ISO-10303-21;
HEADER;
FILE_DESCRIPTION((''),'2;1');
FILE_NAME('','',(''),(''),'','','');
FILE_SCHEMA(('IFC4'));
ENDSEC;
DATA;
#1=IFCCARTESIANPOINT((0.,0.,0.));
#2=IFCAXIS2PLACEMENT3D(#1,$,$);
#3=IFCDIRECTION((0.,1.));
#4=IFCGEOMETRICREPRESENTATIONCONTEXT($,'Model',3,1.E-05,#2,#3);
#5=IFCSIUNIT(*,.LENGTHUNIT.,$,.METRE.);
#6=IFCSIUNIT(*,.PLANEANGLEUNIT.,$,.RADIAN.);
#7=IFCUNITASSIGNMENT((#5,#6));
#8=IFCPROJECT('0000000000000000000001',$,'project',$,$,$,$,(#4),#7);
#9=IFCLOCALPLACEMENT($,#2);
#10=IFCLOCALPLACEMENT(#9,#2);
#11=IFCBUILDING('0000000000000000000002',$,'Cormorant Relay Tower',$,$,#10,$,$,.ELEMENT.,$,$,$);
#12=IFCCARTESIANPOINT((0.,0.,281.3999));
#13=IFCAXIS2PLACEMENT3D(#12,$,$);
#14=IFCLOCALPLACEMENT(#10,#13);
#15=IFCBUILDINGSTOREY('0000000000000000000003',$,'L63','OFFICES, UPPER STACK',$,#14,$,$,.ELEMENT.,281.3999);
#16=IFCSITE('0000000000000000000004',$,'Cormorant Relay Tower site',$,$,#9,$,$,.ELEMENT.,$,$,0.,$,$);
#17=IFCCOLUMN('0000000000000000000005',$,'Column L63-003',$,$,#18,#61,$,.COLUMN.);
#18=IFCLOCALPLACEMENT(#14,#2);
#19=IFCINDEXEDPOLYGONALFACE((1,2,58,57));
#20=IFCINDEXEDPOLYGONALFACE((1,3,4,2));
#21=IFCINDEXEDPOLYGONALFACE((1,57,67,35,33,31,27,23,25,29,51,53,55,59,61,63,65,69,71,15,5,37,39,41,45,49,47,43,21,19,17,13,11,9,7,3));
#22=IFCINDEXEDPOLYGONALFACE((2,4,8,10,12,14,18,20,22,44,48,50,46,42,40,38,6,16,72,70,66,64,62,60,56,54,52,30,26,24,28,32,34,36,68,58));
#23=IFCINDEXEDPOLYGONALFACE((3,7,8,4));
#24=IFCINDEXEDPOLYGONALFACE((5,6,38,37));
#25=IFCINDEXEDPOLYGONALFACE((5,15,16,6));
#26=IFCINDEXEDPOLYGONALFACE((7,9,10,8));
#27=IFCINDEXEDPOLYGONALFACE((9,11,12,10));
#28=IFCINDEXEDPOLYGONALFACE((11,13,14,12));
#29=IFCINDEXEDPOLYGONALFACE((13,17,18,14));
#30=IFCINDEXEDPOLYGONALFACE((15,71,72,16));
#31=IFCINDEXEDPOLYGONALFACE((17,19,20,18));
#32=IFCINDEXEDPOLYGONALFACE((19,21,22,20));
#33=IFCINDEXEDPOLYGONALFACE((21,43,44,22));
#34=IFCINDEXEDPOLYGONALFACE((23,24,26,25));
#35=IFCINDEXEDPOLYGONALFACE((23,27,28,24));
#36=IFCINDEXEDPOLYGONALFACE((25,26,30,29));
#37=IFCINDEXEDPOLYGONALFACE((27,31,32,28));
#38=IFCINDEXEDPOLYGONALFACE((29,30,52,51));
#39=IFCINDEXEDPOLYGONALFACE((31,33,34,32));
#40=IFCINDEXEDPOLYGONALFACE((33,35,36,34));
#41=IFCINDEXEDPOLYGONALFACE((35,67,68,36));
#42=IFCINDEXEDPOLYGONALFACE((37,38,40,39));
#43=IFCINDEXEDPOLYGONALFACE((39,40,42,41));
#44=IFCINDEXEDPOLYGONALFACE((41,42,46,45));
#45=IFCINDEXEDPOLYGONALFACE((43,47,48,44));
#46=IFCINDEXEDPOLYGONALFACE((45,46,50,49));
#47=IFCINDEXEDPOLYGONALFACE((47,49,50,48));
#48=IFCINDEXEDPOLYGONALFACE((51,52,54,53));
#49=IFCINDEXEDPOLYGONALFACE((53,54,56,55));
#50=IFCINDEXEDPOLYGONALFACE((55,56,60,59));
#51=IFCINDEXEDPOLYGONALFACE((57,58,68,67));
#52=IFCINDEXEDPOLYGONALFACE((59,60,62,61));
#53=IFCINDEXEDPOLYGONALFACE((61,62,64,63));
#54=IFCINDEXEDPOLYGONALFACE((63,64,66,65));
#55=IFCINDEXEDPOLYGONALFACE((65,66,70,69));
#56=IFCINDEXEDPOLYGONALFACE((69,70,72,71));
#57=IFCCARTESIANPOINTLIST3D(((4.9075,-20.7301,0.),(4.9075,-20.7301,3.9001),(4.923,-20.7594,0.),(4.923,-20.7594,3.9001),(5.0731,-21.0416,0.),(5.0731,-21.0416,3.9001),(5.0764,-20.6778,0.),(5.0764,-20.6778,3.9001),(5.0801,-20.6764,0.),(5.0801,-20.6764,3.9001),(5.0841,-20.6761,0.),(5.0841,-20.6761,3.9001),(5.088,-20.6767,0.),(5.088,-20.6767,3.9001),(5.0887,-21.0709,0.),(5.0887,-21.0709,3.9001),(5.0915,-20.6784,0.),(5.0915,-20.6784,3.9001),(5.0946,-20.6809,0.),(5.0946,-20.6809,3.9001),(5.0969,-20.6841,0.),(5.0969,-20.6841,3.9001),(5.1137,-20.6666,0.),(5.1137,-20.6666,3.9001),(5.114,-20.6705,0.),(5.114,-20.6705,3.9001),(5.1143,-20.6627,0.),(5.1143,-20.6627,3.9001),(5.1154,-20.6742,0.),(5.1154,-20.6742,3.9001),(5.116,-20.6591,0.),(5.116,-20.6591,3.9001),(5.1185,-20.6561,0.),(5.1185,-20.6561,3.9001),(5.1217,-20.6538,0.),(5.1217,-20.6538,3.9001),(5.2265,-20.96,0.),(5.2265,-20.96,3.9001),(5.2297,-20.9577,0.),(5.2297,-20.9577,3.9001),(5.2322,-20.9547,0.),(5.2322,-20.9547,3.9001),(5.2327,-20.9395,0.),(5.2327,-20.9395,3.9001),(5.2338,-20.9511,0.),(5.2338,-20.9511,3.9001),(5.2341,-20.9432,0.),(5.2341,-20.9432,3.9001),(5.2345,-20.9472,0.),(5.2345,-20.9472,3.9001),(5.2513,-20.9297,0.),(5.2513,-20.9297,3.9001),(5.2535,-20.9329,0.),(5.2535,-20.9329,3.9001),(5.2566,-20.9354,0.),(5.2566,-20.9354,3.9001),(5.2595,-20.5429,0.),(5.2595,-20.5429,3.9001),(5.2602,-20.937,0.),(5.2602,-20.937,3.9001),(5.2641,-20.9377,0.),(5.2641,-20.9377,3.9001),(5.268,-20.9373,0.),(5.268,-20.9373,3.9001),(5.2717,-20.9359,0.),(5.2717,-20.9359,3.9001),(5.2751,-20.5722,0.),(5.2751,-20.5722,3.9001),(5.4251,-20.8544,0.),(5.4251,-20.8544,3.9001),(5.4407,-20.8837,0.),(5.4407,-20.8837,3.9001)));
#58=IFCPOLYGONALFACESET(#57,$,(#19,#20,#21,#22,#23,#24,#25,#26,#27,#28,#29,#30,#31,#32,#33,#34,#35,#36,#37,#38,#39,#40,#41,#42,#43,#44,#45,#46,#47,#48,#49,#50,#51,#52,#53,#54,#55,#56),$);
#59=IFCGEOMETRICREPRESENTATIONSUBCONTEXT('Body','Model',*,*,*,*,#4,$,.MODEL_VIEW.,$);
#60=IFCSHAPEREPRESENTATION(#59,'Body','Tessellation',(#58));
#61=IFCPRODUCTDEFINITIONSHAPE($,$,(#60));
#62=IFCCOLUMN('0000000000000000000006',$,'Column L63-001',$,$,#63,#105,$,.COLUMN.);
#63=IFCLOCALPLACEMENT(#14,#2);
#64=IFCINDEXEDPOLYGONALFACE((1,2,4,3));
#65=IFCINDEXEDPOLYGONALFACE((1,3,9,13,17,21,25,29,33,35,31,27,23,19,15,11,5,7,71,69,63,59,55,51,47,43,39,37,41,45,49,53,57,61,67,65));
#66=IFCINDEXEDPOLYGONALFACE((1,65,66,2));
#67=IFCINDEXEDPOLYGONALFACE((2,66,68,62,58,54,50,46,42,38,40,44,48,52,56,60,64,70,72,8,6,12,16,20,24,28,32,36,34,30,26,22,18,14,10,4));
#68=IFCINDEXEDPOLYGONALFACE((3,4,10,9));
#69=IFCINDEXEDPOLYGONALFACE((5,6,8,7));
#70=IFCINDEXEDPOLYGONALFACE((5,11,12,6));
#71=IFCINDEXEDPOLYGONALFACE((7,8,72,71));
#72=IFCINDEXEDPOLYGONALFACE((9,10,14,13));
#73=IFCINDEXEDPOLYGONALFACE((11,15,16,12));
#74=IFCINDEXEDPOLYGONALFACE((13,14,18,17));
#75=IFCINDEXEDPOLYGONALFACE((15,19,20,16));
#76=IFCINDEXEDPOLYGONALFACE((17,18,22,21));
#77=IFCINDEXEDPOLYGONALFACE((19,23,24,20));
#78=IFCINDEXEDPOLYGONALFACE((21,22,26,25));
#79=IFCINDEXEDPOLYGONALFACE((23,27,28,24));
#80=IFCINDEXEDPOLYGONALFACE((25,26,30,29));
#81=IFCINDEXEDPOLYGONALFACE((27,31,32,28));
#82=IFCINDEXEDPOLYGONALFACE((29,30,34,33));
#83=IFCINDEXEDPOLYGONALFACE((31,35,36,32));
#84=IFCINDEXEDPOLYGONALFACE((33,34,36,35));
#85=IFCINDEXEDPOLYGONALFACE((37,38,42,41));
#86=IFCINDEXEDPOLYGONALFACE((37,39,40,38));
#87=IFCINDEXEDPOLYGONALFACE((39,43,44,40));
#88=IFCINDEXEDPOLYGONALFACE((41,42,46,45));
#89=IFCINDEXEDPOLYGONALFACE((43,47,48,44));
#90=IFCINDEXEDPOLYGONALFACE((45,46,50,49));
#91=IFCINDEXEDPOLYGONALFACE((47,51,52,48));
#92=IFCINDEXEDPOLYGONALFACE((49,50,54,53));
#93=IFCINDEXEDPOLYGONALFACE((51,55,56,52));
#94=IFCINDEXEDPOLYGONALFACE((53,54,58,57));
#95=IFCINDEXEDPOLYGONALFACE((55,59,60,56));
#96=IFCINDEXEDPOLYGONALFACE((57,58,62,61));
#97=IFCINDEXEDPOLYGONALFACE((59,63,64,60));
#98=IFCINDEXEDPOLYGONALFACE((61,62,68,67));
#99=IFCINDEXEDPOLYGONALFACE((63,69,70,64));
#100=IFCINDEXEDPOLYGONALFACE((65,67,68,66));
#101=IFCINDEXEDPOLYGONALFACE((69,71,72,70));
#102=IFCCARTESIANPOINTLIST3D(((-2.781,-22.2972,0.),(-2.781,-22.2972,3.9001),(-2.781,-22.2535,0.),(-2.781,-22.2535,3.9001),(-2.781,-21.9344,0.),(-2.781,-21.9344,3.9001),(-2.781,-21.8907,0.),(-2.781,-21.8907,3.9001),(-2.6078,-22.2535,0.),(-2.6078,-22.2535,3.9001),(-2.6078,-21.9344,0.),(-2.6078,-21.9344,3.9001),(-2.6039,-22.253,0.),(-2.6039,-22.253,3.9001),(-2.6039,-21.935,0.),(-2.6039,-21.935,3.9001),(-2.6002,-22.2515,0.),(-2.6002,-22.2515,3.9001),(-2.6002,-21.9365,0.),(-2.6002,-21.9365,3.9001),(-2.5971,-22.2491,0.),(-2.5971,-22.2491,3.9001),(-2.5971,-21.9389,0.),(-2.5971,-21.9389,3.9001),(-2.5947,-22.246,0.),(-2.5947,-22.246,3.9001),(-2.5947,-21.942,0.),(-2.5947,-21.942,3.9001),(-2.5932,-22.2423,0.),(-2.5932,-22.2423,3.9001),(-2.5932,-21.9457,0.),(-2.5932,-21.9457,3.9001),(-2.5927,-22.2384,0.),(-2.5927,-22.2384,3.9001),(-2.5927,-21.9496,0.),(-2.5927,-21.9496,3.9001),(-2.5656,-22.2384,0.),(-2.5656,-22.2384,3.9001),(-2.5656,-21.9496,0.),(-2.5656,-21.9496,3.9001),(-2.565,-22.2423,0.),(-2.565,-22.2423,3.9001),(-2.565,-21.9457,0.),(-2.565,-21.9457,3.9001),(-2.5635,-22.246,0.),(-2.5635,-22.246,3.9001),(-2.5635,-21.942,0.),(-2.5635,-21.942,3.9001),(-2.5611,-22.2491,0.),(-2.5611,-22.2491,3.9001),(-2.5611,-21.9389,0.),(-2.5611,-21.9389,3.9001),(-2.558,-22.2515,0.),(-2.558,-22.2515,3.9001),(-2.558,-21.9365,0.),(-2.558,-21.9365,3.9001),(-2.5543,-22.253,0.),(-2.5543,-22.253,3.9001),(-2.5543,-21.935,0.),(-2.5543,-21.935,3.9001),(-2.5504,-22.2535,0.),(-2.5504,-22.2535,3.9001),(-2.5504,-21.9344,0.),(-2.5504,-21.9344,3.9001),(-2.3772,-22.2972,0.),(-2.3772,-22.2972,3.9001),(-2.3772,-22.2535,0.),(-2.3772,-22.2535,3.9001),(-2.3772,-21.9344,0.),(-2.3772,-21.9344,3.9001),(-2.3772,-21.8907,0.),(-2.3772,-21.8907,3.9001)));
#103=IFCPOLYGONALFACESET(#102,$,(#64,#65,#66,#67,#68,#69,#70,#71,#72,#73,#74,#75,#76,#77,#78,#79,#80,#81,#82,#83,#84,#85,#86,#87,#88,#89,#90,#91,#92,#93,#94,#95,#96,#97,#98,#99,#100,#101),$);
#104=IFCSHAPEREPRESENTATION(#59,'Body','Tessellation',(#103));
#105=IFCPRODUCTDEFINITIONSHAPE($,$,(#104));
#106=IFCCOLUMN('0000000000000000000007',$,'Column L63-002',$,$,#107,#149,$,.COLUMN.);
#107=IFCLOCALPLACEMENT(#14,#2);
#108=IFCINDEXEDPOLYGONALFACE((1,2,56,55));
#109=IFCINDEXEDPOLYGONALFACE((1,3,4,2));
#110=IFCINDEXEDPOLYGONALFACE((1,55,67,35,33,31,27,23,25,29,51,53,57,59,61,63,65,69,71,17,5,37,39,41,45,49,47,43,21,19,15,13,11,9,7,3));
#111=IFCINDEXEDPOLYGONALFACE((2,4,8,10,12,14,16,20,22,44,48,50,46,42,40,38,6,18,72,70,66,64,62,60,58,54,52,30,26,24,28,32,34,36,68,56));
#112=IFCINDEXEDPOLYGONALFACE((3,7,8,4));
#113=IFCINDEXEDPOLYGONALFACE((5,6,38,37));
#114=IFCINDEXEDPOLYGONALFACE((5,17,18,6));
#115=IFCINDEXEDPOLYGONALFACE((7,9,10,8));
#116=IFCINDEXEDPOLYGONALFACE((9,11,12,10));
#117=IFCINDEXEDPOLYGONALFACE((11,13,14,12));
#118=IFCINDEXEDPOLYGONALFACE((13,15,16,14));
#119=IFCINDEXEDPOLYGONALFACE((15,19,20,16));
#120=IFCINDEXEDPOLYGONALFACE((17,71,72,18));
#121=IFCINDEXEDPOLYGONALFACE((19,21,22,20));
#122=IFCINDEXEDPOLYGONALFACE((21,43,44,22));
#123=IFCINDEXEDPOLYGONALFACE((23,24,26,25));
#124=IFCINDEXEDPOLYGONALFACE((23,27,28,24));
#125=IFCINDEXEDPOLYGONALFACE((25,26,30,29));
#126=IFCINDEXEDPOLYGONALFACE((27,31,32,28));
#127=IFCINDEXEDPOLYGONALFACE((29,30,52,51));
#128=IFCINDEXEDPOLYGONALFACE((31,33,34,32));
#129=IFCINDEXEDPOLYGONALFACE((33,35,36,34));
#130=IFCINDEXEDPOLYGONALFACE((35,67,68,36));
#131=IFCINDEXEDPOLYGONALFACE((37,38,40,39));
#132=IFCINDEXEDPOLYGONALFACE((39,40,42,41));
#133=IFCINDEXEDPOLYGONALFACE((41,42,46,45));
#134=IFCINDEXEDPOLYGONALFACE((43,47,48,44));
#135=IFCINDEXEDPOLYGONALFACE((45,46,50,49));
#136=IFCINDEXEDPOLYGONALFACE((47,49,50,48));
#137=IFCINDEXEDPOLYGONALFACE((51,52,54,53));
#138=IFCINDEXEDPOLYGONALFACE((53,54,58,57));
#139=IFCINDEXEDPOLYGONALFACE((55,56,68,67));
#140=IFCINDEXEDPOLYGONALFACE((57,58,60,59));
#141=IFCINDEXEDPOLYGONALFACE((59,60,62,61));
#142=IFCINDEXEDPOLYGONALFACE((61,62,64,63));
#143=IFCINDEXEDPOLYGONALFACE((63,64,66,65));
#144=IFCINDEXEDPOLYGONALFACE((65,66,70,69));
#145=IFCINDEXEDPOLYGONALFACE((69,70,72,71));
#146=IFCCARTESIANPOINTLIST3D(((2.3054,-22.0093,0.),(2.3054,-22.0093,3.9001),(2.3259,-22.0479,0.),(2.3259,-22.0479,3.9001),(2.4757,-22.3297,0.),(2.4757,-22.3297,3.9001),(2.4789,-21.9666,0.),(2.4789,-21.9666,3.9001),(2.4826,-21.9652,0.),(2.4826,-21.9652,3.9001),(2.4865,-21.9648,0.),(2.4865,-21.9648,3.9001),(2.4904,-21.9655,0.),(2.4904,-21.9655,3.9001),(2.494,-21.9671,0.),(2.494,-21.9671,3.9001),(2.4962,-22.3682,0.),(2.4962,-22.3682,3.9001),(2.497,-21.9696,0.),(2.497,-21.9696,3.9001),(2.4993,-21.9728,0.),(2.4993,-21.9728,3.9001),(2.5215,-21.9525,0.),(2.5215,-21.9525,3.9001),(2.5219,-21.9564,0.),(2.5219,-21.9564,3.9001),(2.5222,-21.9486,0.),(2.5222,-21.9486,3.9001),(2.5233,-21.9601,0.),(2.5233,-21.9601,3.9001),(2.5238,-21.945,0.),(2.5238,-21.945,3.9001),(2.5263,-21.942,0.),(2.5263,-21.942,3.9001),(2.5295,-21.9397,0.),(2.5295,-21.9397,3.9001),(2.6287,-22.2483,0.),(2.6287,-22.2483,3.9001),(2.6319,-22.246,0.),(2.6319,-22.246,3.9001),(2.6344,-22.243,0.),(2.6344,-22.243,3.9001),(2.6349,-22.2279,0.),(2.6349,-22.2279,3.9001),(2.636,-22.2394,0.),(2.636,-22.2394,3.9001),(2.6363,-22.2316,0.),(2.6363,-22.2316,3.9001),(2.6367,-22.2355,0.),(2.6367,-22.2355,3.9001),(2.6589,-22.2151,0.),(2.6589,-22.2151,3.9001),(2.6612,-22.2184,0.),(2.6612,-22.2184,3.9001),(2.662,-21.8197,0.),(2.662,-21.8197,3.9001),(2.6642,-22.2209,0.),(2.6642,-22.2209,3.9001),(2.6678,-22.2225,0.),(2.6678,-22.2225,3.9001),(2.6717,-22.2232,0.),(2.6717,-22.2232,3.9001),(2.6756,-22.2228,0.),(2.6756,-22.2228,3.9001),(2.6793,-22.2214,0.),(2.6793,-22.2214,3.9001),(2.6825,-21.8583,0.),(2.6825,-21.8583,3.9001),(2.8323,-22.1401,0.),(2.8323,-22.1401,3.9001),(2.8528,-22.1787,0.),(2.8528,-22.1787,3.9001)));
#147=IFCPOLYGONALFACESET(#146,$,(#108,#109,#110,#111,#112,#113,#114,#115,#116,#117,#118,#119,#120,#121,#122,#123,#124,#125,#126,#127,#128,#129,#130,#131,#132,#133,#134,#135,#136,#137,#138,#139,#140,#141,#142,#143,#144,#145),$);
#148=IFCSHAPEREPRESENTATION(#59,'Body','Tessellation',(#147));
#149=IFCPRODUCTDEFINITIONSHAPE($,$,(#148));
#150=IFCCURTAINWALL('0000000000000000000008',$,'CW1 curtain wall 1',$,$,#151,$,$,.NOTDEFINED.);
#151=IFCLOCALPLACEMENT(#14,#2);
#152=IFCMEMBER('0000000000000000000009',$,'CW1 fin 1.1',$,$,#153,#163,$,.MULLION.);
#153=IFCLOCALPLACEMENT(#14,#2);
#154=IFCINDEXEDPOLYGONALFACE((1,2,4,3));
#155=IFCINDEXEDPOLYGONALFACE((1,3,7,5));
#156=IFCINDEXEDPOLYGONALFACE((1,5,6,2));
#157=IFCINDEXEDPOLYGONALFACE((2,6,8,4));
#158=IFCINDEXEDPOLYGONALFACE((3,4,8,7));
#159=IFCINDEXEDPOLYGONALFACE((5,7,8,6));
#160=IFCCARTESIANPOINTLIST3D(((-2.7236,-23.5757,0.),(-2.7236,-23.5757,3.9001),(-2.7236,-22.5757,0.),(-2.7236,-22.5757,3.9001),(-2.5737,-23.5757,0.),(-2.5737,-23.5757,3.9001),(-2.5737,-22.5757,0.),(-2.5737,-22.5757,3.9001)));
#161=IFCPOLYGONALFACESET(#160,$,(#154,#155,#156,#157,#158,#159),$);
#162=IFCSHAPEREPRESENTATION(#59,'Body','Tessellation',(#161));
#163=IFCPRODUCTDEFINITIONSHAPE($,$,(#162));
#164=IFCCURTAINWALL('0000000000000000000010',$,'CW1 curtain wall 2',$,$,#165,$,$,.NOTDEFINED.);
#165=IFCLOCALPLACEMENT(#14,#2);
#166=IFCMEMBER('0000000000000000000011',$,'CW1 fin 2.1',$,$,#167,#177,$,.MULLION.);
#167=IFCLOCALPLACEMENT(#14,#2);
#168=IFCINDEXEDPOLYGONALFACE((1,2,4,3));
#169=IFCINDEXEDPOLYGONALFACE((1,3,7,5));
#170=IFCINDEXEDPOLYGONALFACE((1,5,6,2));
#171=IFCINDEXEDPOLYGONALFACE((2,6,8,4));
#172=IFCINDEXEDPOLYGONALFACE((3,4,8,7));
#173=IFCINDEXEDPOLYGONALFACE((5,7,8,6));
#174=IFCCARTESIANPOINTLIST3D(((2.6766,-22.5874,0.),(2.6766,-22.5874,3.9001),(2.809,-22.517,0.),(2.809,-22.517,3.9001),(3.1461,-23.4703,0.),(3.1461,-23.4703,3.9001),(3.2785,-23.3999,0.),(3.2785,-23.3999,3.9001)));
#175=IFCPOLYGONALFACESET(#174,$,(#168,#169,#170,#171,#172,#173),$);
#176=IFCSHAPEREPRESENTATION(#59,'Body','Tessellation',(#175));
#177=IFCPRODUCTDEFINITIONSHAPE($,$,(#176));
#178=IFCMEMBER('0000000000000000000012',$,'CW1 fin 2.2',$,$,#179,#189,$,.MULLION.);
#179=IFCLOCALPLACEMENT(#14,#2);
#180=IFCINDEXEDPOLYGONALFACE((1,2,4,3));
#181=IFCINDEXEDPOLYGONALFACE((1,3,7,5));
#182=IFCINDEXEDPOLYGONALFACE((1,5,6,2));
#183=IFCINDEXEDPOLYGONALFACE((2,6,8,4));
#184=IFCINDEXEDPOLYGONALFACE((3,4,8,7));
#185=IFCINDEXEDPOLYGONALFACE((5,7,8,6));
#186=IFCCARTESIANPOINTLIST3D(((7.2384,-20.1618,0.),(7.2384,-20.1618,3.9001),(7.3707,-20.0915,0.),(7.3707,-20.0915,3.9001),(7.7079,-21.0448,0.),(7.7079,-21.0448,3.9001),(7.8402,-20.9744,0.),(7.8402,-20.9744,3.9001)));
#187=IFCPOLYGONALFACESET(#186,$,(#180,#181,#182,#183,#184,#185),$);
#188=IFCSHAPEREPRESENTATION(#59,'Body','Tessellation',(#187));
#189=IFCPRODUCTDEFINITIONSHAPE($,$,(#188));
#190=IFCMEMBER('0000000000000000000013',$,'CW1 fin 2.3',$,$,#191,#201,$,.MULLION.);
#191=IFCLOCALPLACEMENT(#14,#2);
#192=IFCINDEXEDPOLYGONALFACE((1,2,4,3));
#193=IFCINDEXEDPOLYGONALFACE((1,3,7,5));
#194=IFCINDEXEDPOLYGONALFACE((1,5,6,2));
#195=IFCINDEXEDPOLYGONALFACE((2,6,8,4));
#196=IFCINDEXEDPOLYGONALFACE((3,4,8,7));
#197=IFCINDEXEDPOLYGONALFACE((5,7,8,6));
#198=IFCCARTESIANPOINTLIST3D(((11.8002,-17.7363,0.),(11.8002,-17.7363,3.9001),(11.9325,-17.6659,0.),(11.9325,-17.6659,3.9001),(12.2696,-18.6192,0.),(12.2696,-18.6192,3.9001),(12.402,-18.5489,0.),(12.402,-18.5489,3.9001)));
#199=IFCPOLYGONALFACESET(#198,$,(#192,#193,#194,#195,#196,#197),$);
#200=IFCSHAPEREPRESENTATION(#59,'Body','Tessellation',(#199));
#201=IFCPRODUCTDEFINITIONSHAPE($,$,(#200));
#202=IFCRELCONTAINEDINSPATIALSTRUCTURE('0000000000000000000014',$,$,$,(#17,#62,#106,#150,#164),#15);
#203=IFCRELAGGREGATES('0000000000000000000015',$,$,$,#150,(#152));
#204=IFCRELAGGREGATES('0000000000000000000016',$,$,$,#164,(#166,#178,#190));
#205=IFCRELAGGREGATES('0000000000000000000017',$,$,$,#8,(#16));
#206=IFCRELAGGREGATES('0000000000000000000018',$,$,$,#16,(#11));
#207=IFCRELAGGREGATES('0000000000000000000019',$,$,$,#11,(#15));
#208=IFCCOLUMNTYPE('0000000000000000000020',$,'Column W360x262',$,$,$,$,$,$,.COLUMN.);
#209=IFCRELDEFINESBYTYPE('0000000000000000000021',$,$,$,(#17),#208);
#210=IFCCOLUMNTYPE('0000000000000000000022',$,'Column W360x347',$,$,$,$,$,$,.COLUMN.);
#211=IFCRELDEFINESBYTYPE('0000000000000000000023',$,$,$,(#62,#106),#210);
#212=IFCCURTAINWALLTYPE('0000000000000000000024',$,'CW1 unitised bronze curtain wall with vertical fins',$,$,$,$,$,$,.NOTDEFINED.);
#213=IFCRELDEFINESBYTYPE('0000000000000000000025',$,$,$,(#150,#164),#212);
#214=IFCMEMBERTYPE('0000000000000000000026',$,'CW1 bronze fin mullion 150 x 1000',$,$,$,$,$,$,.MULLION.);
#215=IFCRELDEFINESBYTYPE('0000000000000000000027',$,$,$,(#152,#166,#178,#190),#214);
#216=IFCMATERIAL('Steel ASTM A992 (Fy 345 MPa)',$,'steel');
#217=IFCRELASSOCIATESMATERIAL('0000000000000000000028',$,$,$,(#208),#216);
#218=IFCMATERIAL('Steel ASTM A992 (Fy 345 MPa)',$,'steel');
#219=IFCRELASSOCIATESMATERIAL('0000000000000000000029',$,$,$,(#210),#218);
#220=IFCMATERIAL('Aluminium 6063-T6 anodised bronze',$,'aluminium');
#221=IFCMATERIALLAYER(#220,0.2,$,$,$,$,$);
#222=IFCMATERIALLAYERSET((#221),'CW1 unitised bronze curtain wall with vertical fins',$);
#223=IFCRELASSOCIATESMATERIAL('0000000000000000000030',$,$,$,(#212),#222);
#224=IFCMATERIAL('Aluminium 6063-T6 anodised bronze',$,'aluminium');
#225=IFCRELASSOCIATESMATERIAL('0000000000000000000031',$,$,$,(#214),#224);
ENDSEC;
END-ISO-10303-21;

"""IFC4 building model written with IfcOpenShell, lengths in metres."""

from ifc_helpers import new_model, si_unit, direction, frame, origin, origin_2d, place, context, subcontext, project, spatial, rectangle, i_section, extrude, material, layer, layer_set, material_profile, profile_set, type_object, element, aggregate, save


model = new_model("IFC4")

# Units and contexts
model_context = context("Model", 3, precision=1e-05, world=origin(), true_north=direction((0.0, 1.0)))
body_context = subcontext(model_context, "Body", "Model", "MODEL_VIEW")
ifc_project = project(units=[si_unit("LENGTHUNIT", "METRE"), si_unit("PLANEANGLEUNIT", "RADIAN")], contexts=[model_context])

# Site, building, storey
site_placement = place(None, origin())
site = spatial("IfcSite", under=ifc_project, at=site_placement, Name="Cormorant Relay Tower site", CompositionType="ELEMENT", RefElevation=0.0)
building_placement = place(site_placement, origin())
building = spatial("IfcBuilding", under=site, at=building_placement, Name="Cormorant Relay Tower", CompositionType="ELEMENT")
storey_placement = place(building_placement, frame((0.0, 0.0, 281.3999)))
storey = spatial("IfcBuildingStorey", under=building, at=storey_placement, Name="L63", Description="OFFICES, UPPER STACK", CompositionType="ELEMENT", Elevation=281.3999)

# Columns
ifc_material_1 = material(Name="Steel ASTM A992 (Fy 345 MPa)", Category="steel")
ifc_material_profile_1 = material_profile(ifc_material_1, i_section(OverallWidth=0.3987, OverallDepth=0.386, WebThickness=0.021, FlangeThickness=0.0332, FilletRadius=0.0151, at=origin_2d()), Name="W360x262")
ifc_profile_set_1 = profile_set([ifc_material_profile_1], Name="Steel ASTM A992 (Fy 345 MPa)")
column_type_1 = type_object("IfcColumnType", Name="Column W360x262", PredefinedType="COLUMN", material=ifc_profile_set_1)
column_placement = place(storey_placement, frame((5.1741, -20.8069, 0.0), z_axis=(0.0, 0.0, 1.0), x_axis=(0.882948, 0.469472, 0.0)))
element("IfcColumn", 1, at=column_placement, inside=storey, type_object=column_type_1, Name="Column L63-003", PredefinedType="COLUMN", context=body_context, shape_type="SweptSolid", body=[
    extrude(i_section(OverallWidth=0.3987, OverallDepth=0.386, WebThickness=0.021, FlangeThickness=0.0332, FilletRadius=0.0151, at=origin_2d()), origin(), (0.0, 0.0, 1.0), 3.9001),
])
ifc_material_2 = material(Name="Steel ASTM A992 (Fy 345 MPa)", Category="steel")
ifc_material_profile_2 = material_profile(ifc_material_2, i_section(OverallWidth=0.4038, OverallDepth=0.4065, WebThickness=0.0271, FlangeThickness=0.0437, FilletRadius=0.0151, at=origin_2d()), Name="W360x347")
ifc_profile_set_2 = profile_set([ifc_material_profile_2], Name="Steel ASTM A992 (Fy 345 MPa)")
column_type_2 = type_object("IfcColumnType", Name="Column W360x347", PredefinedType="COLUMN", material=ifc_profile_set_2)
for number, where, z_axis, x_axis, name in (
    (2, (-2.5791, -22.094, 0.0), (0.0, 0.0, 1.0), (1.0, 0.0, 0.0), "Column L63-001"),
    (3, (2.5791, -22.094, 0.0), (0.0, 0.0, 1.0), (0.882948, 0.469472, 0.0), "Column L63-002"),
):
    element("IfcColumn", number, at=place(storey_placement, frame(where, z_axis=z_axis, x_axis=x_axis)), inside=storey, type_object=column_type_2, Name=name, PredefinedType="COLUMN", context=body_context, shape_type="SweptSolid", body=[
        extrude(i_section(OverallWidth=0.4038, OverallDepth=0.4065, WebThickness=0.0271, FlangeThickness=0.0437, FilletRadius=0.0151, at=origin_2d()), origin(), (0.0, 0.0, 1.0), 3.9001),
    ])

# Curtain wall, member
ifc_material_3 = material(Name="Aluminium 6063-T6 anodised bronze", Category="aluminium")
ifc_layer_1 = layer(ifc_material_3, 0.2)
ifc_layer_set_1 = layer_set([ifc_layer_1], Name="CW1 unitised bronze curtain wall with vertical fins")
curtain_wall_type = type_object("IfcCurtainWallType", Name="CW1 unitised bronze curtain wall with vertical fins", PredefinedType="NOTDEFINED", material=ifc_layer_set_1)
curtain_wall_1_placement = place(storey_placement, origin())
curtain_wall_1 = element("IfcCurtainWall", 4, at=curtain_wall_1_placement, inside=storey, type_object=curtain_wall_type, Name="CW1 curtain wall 1", PredefinedType="NOTDEFINED")
ifc_material_4 = material(Name="Aluminium 6063-T6 anodised bronze", Category="aluminium")
ifc_material_profile_3 = material_profile(ifc_material_4, rectangle(XDim=0.1499, YDim=1.0, at=origin_2d()), Name="AL 150x1000")
ifc_profile_set_3 = profile_set([ifc_material_profile_3], Name="Aluminium 6063-T6 anodised bronze")
member_type_1 = type_object("IfcMemberType", Name="CW1 bronze fin mullion 150 x 1000", PredefinedType="MULLION", material=ifc_profile_set_3)
member_1_placement = place(storey_placement, frame((-2.6487, -23.0757, 0.0), z_axis=(0.0, 0.0, 1.0), x_axis=(1.0, 0.0, 0.0)))
member_1 = element("IfcMember", 5, at=member_1_placement, type_object=member_type_1, Name="CW1 fin 1.1", PredefinedType="MULLION", context=body_context, shape_type="SweptSolid", body=[
    extrude(rectangle(XDim=0.1499, YDim=1.0, at=origin_2d()), origin(), (0.0, 0.0, 1.0), 3.9001),
])

# Curtain wall, members
curtain_wall_2_placement = place(storey_placement, origin())
curtain_wall_2 = element("IfcCurtainWall", 6, at=curtain_wall_2_placement, inside=storey, type_object=curtain_wall_type, Name="CW1 curtain wall 2", PredefinedType="NOTDEFINED")
member_2_placement = place(storey_placement, frame((2.9775, -22.9937, 0.0), z_axis=(0.0, 0.0, 1.0), x_axis=(0.882948, 0.469472, 0.0)))
member_2 = element("IfcMember", 7, at=member_2_placement, type_object=member_type_1, Name="CW1 fin 2.1", PredefinedType="MULLION", context=body_context, shape_type="SweptSolid", body=[
    extrude(rectangle(XDim=0.1499, YDim=1.0, at=origin_2d()), origin(), (0.0, 0.0, 1.0), 3.9001),
])
member_3_placement = place(storey_placement, frame((7.5393, -20.5681, 0.0), z_axis=(0.0, 0.0, 1.0), x_axis=(0.882948, 0.469472, 0.0)))
member_3 = element("IfcMember", 8, at=member_3_placement, type_object=member_type_1, Name="CW1 fin 2.2", PredefinedType="MULLION", context=body_context, shape_type="SweptSolid", body=[
    extrude(rectangle(XDim=0.1499, YDim=1.0, at=origin_2d()), origin(), (0.0, 0.0, 1.0), 3.9001),
])
member_4_placement = place(storey_placement, frame((12.1011, -18.1426, 0.0), z_axis=(0.0, 0.0, 1.0), x_axis=(0.882948, 0.469472, 0.0)))
member_4 = element("IfcMember", 9, at=member_4_placement, type_object=member_type_1, Name="CW1 fin 2.3", PredefinedType="MULLION", context=body_context, shape_type="SweptSolid", body=[
    extrude(rectangle(XDim=0.1499, YDim=1.0, at=origin_2d()), origin(), (0.0, 0.0, 1.0), 3.9001),
])

aggregate(curtain_wall_1, [member_1])
aggregate(curtain_wall_2, [member_2, member_3, member_4])

save(model, "model.ifc")
